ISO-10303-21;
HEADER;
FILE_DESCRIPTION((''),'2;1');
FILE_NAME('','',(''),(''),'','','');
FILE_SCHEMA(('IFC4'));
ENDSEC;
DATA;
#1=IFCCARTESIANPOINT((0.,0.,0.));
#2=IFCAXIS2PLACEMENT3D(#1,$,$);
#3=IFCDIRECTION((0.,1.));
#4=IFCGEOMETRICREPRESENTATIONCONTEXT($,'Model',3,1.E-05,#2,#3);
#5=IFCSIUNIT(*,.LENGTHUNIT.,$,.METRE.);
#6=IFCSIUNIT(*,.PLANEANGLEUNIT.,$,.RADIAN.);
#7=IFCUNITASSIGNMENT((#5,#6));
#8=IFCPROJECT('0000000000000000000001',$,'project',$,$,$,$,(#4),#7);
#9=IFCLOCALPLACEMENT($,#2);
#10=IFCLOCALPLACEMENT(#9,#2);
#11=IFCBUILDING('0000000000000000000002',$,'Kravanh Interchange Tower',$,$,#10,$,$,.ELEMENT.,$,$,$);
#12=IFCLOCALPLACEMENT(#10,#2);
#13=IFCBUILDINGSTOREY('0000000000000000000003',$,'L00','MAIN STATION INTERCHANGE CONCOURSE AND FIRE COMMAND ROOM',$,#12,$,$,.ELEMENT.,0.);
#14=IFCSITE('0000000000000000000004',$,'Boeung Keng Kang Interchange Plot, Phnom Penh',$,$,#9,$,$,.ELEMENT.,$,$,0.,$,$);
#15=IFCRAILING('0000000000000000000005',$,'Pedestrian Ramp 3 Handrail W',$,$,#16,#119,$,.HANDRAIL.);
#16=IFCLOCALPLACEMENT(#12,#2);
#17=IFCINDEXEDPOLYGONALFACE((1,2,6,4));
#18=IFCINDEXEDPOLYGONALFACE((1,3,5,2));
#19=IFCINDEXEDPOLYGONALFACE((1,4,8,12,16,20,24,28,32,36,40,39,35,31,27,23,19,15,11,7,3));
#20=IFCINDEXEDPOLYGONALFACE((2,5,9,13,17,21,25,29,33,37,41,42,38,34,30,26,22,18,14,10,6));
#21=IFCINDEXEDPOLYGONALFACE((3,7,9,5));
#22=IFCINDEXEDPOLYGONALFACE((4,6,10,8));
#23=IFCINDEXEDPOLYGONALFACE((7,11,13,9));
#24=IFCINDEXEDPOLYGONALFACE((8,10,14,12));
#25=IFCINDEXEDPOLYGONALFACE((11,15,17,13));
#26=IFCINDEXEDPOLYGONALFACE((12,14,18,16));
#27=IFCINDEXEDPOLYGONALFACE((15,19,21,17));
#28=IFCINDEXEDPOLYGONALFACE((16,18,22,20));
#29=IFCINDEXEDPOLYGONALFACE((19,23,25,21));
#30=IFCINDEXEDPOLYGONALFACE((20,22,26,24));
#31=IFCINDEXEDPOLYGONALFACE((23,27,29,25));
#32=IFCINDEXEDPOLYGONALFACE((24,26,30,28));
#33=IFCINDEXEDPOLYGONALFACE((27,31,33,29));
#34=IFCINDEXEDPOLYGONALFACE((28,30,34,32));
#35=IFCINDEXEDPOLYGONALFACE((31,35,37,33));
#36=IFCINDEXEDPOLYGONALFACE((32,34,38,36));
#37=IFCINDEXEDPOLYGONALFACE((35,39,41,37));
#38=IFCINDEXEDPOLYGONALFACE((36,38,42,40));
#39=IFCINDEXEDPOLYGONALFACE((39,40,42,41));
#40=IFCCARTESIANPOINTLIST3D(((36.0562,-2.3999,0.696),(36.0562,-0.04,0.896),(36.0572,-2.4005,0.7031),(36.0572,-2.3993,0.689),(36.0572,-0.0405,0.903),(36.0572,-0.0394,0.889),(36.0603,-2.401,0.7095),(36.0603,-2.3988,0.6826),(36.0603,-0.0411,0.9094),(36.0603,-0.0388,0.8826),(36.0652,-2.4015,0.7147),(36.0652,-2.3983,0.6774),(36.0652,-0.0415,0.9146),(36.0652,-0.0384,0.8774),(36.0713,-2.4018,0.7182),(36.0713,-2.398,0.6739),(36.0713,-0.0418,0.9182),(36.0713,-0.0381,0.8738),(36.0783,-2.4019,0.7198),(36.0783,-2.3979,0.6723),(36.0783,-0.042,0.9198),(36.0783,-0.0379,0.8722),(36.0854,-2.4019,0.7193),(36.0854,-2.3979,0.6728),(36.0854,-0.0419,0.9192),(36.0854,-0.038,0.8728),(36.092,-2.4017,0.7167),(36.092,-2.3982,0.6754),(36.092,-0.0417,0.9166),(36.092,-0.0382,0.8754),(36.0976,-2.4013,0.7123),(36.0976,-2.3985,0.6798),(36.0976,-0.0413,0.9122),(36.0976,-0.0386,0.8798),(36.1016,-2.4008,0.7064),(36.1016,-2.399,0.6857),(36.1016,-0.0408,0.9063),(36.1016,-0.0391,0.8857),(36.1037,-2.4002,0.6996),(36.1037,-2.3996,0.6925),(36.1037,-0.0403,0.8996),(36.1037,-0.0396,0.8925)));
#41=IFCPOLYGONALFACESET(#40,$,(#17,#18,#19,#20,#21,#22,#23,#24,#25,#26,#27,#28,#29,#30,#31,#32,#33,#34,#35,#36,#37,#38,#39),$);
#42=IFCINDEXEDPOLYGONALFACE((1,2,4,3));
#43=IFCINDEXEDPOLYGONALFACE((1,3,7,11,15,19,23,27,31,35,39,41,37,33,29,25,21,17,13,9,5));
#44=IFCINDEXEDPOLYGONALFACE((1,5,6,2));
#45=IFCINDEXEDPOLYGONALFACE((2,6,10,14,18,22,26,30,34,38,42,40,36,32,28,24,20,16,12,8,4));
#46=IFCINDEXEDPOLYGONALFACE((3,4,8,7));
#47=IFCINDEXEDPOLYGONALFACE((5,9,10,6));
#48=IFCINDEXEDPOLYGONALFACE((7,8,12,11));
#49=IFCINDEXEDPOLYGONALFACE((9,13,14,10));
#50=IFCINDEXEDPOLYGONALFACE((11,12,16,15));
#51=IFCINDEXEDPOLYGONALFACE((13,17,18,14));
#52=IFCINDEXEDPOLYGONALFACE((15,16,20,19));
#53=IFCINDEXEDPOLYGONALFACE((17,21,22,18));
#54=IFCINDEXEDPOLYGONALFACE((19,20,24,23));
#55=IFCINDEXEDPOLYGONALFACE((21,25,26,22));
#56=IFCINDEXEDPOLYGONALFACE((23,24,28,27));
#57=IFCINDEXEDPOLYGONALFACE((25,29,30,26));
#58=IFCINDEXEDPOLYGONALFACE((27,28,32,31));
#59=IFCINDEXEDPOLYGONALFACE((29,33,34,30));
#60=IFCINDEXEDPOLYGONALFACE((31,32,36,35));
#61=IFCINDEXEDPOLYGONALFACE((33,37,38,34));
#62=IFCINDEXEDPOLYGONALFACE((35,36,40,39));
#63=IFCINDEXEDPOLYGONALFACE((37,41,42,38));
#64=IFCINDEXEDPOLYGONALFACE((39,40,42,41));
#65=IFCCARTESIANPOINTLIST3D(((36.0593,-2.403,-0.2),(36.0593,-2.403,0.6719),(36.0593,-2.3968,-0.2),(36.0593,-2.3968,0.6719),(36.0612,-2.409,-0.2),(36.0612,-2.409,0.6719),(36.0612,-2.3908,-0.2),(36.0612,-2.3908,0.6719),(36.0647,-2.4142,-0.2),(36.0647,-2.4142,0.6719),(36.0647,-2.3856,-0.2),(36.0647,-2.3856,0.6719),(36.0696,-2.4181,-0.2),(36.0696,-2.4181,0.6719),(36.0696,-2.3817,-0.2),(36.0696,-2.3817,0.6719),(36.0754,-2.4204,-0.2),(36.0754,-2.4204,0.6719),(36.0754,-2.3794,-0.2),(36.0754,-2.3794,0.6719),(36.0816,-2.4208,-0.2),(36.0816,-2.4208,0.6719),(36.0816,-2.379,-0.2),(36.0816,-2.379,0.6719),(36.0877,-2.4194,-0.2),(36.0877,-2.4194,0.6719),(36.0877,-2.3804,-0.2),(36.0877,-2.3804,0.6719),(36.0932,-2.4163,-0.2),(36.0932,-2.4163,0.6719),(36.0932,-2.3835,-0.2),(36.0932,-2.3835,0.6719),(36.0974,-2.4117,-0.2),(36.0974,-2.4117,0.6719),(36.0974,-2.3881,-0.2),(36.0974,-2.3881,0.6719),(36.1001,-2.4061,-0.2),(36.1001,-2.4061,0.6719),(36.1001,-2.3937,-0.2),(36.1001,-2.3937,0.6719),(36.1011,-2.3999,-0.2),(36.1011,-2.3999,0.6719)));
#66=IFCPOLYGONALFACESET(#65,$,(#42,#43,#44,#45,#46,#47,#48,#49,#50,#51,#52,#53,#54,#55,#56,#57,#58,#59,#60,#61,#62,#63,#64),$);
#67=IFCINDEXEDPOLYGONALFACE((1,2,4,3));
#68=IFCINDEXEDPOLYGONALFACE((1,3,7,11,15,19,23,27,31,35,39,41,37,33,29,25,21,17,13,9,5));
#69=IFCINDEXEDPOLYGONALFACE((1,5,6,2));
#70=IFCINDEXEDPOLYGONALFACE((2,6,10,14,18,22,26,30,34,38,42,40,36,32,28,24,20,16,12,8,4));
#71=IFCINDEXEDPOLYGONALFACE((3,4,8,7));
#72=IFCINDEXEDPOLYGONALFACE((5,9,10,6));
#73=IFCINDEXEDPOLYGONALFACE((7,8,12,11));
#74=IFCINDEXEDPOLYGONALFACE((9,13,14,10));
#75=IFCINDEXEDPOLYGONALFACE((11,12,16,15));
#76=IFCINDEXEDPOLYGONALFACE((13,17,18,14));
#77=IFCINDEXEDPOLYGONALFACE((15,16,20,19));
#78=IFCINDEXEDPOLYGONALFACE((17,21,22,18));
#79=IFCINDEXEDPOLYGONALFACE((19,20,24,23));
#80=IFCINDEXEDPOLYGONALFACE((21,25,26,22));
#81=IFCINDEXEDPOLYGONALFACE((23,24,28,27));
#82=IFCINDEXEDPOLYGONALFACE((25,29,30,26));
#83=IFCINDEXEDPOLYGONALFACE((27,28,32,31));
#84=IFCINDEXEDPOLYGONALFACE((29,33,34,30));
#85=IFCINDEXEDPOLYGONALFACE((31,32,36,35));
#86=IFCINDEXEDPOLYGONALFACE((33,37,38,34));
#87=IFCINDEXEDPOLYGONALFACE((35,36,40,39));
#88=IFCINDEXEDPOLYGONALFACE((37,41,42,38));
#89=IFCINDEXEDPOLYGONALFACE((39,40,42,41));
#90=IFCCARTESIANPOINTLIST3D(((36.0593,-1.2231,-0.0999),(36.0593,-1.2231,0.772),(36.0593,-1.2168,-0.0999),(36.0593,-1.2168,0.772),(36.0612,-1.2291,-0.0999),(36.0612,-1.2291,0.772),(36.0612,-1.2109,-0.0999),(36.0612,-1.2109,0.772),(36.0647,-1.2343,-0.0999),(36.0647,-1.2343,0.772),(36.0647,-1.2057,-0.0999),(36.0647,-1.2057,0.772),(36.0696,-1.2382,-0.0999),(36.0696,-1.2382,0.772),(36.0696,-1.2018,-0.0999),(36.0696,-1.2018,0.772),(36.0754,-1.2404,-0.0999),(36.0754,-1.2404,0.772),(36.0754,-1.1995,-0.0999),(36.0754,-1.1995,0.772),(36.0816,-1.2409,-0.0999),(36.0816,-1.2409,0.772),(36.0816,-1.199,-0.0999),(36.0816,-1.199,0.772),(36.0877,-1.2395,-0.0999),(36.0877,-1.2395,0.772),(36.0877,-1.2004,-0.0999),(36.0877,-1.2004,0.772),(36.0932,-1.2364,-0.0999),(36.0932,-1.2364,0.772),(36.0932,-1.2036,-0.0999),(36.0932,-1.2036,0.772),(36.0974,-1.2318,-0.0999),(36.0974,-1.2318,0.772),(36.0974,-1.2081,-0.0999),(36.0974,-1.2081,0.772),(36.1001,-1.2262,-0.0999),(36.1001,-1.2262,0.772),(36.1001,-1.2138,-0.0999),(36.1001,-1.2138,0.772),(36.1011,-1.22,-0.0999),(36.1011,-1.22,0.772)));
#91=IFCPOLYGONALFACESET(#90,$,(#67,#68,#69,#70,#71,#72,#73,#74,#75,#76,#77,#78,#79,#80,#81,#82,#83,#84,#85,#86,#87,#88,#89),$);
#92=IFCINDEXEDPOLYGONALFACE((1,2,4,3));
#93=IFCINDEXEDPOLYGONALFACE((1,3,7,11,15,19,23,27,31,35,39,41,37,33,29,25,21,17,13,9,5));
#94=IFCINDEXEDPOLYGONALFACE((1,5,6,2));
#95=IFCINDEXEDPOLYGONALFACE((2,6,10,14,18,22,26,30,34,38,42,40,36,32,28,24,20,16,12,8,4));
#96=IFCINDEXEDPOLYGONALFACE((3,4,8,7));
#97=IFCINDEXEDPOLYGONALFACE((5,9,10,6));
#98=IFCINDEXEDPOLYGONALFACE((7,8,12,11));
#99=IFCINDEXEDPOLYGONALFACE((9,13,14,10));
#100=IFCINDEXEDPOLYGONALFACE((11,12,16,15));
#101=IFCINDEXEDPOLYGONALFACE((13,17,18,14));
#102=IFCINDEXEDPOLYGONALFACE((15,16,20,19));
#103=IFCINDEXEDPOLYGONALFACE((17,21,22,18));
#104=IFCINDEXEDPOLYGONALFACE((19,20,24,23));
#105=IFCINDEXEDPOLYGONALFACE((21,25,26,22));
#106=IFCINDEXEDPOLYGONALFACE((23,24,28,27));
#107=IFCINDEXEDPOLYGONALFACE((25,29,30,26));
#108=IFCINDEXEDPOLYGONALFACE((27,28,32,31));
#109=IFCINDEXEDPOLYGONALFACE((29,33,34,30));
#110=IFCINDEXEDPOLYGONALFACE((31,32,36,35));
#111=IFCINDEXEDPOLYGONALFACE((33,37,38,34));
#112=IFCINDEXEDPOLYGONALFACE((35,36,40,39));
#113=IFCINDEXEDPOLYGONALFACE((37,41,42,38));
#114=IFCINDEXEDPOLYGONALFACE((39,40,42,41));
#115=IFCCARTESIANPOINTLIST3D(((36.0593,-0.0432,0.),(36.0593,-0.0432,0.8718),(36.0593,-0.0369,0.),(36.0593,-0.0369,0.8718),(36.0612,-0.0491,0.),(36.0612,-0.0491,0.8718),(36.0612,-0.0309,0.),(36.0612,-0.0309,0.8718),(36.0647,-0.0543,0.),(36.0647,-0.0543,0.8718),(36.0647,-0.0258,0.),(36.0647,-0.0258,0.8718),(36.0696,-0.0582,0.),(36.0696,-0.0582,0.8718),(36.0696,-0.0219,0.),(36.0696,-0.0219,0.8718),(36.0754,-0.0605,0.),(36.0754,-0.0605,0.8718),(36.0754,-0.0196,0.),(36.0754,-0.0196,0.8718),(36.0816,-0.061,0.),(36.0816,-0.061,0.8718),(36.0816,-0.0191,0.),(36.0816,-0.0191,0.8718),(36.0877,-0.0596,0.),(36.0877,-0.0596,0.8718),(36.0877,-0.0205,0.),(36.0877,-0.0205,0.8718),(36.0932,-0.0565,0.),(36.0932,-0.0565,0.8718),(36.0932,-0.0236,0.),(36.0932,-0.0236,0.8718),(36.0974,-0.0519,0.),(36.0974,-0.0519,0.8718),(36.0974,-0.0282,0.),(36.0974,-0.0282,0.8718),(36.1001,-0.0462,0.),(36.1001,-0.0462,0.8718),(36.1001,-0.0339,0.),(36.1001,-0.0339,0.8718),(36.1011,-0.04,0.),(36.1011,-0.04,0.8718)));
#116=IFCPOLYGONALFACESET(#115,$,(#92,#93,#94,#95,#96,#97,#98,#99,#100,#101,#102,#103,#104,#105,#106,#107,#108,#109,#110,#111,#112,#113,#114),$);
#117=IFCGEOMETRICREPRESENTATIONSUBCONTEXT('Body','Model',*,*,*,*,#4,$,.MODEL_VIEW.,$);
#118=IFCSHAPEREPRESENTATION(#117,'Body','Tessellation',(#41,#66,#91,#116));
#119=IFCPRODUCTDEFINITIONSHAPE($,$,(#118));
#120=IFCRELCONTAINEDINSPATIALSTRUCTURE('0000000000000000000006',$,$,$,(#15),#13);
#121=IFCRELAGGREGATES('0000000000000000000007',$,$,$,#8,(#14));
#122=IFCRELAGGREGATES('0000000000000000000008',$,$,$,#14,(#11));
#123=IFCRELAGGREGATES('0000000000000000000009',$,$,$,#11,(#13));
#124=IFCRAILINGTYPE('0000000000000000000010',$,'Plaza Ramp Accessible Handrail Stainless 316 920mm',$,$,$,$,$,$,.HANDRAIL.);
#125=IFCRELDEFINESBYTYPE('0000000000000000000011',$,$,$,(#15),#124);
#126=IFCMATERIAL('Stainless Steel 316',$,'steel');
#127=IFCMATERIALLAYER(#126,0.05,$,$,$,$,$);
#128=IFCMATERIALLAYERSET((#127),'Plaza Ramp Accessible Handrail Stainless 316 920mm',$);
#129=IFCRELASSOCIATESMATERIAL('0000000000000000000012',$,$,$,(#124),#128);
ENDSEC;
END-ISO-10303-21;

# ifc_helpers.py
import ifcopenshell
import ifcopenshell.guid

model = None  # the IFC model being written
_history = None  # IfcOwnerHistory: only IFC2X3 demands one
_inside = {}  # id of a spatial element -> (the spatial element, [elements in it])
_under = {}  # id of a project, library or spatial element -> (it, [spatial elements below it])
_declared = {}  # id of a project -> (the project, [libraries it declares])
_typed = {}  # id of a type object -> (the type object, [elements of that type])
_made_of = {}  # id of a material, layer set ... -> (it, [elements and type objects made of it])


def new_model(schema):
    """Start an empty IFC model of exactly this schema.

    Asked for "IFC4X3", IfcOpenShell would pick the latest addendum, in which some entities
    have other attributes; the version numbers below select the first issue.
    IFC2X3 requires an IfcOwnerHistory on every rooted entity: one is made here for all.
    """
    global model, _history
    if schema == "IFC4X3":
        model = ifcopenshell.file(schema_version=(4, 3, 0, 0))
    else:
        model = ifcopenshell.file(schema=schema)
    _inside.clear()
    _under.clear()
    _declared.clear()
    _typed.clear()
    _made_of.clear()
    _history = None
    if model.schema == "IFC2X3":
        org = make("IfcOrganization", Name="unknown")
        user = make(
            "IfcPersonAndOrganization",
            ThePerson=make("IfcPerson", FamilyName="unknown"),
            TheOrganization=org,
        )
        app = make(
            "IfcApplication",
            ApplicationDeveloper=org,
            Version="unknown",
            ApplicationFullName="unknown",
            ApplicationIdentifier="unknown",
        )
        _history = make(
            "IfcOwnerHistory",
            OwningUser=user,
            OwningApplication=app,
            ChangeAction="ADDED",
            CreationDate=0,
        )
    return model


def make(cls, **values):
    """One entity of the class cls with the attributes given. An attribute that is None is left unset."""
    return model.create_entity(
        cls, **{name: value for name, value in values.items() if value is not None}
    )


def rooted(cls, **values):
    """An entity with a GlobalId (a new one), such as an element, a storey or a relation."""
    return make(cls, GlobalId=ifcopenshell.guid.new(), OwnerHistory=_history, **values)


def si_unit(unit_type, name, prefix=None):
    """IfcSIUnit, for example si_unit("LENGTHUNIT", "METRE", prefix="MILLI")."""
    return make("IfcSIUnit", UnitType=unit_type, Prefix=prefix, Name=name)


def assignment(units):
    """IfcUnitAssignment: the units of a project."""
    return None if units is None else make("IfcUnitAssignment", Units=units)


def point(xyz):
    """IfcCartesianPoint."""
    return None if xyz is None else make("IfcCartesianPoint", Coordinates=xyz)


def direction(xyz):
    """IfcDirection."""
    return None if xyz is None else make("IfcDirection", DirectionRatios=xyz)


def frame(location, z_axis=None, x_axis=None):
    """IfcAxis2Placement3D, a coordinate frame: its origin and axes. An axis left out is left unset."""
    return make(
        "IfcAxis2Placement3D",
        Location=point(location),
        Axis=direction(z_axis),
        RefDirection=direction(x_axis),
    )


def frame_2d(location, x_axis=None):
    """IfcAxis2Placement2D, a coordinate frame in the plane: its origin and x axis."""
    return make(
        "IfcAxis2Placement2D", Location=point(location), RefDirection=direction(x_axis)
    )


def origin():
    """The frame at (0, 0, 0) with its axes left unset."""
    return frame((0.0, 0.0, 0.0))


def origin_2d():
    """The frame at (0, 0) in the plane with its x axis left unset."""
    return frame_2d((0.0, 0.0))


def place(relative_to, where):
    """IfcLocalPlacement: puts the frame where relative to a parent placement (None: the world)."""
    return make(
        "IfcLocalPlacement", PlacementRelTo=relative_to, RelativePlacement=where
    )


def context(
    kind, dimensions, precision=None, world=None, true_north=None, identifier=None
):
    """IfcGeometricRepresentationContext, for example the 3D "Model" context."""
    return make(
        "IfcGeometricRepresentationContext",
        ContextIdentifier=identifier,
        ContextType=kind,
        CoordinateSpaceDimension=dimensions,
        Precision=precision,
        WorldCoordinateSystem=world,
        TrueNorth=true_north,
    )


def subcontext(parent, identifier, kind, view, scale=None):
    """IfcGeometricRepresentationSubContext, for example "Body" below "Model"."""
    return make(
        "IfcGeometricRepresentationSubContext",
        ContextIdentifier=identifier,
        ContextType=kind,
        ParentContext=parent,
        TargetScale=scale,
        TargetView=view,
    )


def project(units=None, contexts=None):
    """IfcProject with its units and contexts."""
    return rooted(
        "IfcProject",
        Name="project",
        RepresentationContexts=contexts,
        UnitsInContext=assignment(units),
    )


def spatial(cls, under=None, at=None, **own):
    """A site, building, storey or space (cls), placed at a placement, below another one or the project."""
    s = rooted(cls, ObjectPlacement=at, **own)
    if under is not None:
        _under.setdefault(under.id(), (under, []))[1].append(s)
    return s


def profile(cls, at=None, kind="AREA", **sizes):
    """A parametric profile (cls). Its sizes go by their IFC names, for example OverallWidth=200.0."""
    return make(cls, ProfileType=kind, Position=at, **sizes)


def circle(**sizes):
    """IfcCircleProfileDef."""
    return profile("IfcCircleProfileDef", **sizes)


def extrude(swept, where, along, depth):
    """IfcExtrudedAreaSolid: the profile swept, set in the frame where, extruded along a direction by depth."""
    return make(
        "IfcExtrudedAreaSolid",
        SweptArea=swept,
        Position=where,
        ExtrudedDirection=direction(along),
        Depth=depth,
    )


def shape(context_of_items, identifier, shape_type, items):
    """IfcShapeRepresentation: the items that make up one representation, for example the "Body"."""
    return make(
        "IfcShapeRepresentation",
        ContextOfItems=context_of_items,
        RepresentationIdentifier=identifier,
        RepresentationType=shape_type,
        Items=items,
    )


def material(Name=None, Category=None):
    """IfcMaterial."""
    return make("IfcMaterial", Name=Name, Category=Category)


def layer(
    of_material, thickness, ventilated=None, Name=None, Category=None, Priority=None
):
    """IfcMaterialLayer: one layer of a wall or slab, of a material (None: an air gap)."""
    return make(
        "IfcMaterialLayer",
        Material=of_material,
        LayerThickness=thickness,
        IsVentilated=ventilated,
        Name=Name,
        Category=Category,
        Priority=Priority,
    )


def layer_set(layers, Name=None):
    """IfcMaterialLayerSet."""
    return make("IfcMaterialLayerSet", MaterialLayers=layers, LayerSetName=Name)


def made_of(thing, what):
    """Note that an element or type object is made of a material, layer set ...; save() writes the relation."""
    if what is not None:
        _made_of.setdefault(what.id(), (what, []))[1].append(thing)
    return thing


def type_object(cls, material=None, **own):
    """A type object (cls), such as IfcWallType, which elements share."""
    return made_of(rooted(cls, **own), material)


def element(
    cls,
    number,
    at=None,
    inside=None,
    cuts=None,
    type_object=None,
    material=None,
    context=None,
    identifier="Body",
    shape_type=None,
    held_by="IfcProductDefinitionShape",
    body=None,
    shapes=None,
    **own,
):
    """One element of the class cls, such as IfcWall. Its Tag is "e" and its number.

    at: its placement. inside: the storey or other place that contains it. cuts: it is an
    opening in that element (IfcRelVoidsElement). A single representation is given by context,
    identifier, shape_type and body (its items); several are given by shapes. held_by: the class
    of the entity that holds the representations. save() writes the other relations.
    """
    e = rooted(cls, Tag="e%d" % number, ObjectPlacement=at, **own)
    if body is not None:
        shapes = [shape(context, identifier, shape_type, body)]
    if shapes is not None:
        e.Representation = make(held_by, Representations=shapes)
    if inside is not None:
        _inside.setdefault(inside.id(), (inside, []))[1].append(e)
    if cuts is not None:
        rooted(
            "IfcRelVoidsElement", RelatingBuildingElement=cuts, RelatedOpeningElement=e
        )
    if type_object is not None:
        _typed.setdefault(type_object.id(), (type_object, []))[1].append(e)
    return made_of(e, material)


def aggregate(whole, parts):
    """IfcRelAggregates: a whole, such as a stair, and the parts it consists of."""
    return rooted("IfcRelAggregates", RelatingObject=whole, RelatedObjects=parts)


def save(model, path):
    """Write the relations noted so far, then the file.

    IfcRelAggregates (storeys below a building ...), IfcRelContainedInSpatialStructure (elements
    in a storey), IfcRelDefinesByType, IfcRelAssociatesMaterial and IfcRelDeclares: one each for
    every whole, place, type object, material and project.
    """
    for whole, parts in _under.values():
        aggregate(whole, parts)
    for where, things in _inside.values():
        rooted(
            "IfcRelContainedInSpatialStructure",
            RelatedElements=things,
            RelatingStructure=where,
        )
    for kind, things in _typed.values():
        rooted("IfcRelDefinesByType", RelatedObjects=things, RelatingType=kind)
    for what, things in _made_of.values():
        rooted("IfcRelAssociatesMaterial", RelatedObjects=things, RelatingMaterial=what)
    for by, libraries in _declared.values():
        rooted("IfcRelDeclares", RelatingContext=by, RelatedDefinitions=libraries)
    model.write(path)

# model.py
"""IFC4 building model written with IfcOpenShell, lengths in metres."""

from ifc_helpers import new_model, si_unit, direction, frame, origin, origin_2d, place, context, subcontext, project, spatial, circle, extrude, material, layer, layer_set, type_object, element, save


model = new_model("IFC4")

# Units and contexts
model_context = context("Model", 3, precision=1e-05, world=origin(), true_north=direction((0.0, 1.0)))
body_context = subcontext(model_context, "Body", "Model", "MODEL_VIEW")
ifc_project = project(units=[si_unit("LENGTHUNIT", "METRE"), si_unit("PLANEANGLEUNIT", "RADIAN")], contexts=[model_context])

# Site, building, storey
site_placement = place(None, origin())
site = spatial("IfcSite", under=ifc_project, at=site_placement, Name="Boeung Keng Kang Interchange Plot, Phnom Penh", CompositionType="ELEMENT", RefElevation=0.0)
building_placement = place(site_placement, origin())
building = spatial("IfcBuilding", under=site, at=building_placement, Name="Kravanh Interchange Tower", CompositionType="ELEMENT")
storey_placement = place(building_placement, origin())
storey = spatial("IfcBuildingStorey", under=building, at=storey_placement, Name="L00", Description="MAIN STATION INTERCHANGE CONCOURSE AND FIRE COMMAND ROOM", CompositionType="ELEMENT", Elevation=0.0)

# Railing
ifc_material_1 = material(Name="Stainless Steel 316", Category="steel")
ifc_layer_1 = layer(ifc_material_1, 0.05)
ifc_layer_set_1 = layer_set([ifc_layer_1], Name="Plaza Ramp Accessible Handrail Stainless 316 920mm")
railing_type = type_object("IfcRailingType", Name="Plaza Ramp Accessible Handrail Stainless 316 920mm", PredefinedType="HANDRAIL", material=ifc_layer_set_1)
for number, where, name in (
    (1, (36.0801, -2.3999, -0.2), "Pedestrian Ramp 3 Handrail W"),
):
    element("IfcRailing", number, at=place(storey_placement, frame(where)), inside=storey, type_object=railing_type, Name=name, PredefinedType="HANDRAIL", context=body_context, shape_type="SweptSolid", body=[
        extrude(circle(Radius=0.0239, at=origin_2d()), frame((0.0, 0.0, 0.896), z_axis=(0.0, 0.99643, 0.084427), x_axis=(-1.0, 0.0, 0.0)), (0.0, 0.0, 1.0), 2.3684),
        extrude(circle(Radius=0.021, at=origin_2d()), origin(), (0.0, 0.0, 1.0), 0.8718),
        extrude(circle(Radius=0.021, at=origin_2d()), frame((0.0, 1.1799, 0.1001)), (0.0, 0.0, 1.0), 0.8718),
        extrude(circle(Radius=0.021, at=origin_2d()), frame((0.0, 2.3599, 0.2)), (0.0, 0.0, 1.0), 0.8718),
    ])

save(model, "model.ifc")
